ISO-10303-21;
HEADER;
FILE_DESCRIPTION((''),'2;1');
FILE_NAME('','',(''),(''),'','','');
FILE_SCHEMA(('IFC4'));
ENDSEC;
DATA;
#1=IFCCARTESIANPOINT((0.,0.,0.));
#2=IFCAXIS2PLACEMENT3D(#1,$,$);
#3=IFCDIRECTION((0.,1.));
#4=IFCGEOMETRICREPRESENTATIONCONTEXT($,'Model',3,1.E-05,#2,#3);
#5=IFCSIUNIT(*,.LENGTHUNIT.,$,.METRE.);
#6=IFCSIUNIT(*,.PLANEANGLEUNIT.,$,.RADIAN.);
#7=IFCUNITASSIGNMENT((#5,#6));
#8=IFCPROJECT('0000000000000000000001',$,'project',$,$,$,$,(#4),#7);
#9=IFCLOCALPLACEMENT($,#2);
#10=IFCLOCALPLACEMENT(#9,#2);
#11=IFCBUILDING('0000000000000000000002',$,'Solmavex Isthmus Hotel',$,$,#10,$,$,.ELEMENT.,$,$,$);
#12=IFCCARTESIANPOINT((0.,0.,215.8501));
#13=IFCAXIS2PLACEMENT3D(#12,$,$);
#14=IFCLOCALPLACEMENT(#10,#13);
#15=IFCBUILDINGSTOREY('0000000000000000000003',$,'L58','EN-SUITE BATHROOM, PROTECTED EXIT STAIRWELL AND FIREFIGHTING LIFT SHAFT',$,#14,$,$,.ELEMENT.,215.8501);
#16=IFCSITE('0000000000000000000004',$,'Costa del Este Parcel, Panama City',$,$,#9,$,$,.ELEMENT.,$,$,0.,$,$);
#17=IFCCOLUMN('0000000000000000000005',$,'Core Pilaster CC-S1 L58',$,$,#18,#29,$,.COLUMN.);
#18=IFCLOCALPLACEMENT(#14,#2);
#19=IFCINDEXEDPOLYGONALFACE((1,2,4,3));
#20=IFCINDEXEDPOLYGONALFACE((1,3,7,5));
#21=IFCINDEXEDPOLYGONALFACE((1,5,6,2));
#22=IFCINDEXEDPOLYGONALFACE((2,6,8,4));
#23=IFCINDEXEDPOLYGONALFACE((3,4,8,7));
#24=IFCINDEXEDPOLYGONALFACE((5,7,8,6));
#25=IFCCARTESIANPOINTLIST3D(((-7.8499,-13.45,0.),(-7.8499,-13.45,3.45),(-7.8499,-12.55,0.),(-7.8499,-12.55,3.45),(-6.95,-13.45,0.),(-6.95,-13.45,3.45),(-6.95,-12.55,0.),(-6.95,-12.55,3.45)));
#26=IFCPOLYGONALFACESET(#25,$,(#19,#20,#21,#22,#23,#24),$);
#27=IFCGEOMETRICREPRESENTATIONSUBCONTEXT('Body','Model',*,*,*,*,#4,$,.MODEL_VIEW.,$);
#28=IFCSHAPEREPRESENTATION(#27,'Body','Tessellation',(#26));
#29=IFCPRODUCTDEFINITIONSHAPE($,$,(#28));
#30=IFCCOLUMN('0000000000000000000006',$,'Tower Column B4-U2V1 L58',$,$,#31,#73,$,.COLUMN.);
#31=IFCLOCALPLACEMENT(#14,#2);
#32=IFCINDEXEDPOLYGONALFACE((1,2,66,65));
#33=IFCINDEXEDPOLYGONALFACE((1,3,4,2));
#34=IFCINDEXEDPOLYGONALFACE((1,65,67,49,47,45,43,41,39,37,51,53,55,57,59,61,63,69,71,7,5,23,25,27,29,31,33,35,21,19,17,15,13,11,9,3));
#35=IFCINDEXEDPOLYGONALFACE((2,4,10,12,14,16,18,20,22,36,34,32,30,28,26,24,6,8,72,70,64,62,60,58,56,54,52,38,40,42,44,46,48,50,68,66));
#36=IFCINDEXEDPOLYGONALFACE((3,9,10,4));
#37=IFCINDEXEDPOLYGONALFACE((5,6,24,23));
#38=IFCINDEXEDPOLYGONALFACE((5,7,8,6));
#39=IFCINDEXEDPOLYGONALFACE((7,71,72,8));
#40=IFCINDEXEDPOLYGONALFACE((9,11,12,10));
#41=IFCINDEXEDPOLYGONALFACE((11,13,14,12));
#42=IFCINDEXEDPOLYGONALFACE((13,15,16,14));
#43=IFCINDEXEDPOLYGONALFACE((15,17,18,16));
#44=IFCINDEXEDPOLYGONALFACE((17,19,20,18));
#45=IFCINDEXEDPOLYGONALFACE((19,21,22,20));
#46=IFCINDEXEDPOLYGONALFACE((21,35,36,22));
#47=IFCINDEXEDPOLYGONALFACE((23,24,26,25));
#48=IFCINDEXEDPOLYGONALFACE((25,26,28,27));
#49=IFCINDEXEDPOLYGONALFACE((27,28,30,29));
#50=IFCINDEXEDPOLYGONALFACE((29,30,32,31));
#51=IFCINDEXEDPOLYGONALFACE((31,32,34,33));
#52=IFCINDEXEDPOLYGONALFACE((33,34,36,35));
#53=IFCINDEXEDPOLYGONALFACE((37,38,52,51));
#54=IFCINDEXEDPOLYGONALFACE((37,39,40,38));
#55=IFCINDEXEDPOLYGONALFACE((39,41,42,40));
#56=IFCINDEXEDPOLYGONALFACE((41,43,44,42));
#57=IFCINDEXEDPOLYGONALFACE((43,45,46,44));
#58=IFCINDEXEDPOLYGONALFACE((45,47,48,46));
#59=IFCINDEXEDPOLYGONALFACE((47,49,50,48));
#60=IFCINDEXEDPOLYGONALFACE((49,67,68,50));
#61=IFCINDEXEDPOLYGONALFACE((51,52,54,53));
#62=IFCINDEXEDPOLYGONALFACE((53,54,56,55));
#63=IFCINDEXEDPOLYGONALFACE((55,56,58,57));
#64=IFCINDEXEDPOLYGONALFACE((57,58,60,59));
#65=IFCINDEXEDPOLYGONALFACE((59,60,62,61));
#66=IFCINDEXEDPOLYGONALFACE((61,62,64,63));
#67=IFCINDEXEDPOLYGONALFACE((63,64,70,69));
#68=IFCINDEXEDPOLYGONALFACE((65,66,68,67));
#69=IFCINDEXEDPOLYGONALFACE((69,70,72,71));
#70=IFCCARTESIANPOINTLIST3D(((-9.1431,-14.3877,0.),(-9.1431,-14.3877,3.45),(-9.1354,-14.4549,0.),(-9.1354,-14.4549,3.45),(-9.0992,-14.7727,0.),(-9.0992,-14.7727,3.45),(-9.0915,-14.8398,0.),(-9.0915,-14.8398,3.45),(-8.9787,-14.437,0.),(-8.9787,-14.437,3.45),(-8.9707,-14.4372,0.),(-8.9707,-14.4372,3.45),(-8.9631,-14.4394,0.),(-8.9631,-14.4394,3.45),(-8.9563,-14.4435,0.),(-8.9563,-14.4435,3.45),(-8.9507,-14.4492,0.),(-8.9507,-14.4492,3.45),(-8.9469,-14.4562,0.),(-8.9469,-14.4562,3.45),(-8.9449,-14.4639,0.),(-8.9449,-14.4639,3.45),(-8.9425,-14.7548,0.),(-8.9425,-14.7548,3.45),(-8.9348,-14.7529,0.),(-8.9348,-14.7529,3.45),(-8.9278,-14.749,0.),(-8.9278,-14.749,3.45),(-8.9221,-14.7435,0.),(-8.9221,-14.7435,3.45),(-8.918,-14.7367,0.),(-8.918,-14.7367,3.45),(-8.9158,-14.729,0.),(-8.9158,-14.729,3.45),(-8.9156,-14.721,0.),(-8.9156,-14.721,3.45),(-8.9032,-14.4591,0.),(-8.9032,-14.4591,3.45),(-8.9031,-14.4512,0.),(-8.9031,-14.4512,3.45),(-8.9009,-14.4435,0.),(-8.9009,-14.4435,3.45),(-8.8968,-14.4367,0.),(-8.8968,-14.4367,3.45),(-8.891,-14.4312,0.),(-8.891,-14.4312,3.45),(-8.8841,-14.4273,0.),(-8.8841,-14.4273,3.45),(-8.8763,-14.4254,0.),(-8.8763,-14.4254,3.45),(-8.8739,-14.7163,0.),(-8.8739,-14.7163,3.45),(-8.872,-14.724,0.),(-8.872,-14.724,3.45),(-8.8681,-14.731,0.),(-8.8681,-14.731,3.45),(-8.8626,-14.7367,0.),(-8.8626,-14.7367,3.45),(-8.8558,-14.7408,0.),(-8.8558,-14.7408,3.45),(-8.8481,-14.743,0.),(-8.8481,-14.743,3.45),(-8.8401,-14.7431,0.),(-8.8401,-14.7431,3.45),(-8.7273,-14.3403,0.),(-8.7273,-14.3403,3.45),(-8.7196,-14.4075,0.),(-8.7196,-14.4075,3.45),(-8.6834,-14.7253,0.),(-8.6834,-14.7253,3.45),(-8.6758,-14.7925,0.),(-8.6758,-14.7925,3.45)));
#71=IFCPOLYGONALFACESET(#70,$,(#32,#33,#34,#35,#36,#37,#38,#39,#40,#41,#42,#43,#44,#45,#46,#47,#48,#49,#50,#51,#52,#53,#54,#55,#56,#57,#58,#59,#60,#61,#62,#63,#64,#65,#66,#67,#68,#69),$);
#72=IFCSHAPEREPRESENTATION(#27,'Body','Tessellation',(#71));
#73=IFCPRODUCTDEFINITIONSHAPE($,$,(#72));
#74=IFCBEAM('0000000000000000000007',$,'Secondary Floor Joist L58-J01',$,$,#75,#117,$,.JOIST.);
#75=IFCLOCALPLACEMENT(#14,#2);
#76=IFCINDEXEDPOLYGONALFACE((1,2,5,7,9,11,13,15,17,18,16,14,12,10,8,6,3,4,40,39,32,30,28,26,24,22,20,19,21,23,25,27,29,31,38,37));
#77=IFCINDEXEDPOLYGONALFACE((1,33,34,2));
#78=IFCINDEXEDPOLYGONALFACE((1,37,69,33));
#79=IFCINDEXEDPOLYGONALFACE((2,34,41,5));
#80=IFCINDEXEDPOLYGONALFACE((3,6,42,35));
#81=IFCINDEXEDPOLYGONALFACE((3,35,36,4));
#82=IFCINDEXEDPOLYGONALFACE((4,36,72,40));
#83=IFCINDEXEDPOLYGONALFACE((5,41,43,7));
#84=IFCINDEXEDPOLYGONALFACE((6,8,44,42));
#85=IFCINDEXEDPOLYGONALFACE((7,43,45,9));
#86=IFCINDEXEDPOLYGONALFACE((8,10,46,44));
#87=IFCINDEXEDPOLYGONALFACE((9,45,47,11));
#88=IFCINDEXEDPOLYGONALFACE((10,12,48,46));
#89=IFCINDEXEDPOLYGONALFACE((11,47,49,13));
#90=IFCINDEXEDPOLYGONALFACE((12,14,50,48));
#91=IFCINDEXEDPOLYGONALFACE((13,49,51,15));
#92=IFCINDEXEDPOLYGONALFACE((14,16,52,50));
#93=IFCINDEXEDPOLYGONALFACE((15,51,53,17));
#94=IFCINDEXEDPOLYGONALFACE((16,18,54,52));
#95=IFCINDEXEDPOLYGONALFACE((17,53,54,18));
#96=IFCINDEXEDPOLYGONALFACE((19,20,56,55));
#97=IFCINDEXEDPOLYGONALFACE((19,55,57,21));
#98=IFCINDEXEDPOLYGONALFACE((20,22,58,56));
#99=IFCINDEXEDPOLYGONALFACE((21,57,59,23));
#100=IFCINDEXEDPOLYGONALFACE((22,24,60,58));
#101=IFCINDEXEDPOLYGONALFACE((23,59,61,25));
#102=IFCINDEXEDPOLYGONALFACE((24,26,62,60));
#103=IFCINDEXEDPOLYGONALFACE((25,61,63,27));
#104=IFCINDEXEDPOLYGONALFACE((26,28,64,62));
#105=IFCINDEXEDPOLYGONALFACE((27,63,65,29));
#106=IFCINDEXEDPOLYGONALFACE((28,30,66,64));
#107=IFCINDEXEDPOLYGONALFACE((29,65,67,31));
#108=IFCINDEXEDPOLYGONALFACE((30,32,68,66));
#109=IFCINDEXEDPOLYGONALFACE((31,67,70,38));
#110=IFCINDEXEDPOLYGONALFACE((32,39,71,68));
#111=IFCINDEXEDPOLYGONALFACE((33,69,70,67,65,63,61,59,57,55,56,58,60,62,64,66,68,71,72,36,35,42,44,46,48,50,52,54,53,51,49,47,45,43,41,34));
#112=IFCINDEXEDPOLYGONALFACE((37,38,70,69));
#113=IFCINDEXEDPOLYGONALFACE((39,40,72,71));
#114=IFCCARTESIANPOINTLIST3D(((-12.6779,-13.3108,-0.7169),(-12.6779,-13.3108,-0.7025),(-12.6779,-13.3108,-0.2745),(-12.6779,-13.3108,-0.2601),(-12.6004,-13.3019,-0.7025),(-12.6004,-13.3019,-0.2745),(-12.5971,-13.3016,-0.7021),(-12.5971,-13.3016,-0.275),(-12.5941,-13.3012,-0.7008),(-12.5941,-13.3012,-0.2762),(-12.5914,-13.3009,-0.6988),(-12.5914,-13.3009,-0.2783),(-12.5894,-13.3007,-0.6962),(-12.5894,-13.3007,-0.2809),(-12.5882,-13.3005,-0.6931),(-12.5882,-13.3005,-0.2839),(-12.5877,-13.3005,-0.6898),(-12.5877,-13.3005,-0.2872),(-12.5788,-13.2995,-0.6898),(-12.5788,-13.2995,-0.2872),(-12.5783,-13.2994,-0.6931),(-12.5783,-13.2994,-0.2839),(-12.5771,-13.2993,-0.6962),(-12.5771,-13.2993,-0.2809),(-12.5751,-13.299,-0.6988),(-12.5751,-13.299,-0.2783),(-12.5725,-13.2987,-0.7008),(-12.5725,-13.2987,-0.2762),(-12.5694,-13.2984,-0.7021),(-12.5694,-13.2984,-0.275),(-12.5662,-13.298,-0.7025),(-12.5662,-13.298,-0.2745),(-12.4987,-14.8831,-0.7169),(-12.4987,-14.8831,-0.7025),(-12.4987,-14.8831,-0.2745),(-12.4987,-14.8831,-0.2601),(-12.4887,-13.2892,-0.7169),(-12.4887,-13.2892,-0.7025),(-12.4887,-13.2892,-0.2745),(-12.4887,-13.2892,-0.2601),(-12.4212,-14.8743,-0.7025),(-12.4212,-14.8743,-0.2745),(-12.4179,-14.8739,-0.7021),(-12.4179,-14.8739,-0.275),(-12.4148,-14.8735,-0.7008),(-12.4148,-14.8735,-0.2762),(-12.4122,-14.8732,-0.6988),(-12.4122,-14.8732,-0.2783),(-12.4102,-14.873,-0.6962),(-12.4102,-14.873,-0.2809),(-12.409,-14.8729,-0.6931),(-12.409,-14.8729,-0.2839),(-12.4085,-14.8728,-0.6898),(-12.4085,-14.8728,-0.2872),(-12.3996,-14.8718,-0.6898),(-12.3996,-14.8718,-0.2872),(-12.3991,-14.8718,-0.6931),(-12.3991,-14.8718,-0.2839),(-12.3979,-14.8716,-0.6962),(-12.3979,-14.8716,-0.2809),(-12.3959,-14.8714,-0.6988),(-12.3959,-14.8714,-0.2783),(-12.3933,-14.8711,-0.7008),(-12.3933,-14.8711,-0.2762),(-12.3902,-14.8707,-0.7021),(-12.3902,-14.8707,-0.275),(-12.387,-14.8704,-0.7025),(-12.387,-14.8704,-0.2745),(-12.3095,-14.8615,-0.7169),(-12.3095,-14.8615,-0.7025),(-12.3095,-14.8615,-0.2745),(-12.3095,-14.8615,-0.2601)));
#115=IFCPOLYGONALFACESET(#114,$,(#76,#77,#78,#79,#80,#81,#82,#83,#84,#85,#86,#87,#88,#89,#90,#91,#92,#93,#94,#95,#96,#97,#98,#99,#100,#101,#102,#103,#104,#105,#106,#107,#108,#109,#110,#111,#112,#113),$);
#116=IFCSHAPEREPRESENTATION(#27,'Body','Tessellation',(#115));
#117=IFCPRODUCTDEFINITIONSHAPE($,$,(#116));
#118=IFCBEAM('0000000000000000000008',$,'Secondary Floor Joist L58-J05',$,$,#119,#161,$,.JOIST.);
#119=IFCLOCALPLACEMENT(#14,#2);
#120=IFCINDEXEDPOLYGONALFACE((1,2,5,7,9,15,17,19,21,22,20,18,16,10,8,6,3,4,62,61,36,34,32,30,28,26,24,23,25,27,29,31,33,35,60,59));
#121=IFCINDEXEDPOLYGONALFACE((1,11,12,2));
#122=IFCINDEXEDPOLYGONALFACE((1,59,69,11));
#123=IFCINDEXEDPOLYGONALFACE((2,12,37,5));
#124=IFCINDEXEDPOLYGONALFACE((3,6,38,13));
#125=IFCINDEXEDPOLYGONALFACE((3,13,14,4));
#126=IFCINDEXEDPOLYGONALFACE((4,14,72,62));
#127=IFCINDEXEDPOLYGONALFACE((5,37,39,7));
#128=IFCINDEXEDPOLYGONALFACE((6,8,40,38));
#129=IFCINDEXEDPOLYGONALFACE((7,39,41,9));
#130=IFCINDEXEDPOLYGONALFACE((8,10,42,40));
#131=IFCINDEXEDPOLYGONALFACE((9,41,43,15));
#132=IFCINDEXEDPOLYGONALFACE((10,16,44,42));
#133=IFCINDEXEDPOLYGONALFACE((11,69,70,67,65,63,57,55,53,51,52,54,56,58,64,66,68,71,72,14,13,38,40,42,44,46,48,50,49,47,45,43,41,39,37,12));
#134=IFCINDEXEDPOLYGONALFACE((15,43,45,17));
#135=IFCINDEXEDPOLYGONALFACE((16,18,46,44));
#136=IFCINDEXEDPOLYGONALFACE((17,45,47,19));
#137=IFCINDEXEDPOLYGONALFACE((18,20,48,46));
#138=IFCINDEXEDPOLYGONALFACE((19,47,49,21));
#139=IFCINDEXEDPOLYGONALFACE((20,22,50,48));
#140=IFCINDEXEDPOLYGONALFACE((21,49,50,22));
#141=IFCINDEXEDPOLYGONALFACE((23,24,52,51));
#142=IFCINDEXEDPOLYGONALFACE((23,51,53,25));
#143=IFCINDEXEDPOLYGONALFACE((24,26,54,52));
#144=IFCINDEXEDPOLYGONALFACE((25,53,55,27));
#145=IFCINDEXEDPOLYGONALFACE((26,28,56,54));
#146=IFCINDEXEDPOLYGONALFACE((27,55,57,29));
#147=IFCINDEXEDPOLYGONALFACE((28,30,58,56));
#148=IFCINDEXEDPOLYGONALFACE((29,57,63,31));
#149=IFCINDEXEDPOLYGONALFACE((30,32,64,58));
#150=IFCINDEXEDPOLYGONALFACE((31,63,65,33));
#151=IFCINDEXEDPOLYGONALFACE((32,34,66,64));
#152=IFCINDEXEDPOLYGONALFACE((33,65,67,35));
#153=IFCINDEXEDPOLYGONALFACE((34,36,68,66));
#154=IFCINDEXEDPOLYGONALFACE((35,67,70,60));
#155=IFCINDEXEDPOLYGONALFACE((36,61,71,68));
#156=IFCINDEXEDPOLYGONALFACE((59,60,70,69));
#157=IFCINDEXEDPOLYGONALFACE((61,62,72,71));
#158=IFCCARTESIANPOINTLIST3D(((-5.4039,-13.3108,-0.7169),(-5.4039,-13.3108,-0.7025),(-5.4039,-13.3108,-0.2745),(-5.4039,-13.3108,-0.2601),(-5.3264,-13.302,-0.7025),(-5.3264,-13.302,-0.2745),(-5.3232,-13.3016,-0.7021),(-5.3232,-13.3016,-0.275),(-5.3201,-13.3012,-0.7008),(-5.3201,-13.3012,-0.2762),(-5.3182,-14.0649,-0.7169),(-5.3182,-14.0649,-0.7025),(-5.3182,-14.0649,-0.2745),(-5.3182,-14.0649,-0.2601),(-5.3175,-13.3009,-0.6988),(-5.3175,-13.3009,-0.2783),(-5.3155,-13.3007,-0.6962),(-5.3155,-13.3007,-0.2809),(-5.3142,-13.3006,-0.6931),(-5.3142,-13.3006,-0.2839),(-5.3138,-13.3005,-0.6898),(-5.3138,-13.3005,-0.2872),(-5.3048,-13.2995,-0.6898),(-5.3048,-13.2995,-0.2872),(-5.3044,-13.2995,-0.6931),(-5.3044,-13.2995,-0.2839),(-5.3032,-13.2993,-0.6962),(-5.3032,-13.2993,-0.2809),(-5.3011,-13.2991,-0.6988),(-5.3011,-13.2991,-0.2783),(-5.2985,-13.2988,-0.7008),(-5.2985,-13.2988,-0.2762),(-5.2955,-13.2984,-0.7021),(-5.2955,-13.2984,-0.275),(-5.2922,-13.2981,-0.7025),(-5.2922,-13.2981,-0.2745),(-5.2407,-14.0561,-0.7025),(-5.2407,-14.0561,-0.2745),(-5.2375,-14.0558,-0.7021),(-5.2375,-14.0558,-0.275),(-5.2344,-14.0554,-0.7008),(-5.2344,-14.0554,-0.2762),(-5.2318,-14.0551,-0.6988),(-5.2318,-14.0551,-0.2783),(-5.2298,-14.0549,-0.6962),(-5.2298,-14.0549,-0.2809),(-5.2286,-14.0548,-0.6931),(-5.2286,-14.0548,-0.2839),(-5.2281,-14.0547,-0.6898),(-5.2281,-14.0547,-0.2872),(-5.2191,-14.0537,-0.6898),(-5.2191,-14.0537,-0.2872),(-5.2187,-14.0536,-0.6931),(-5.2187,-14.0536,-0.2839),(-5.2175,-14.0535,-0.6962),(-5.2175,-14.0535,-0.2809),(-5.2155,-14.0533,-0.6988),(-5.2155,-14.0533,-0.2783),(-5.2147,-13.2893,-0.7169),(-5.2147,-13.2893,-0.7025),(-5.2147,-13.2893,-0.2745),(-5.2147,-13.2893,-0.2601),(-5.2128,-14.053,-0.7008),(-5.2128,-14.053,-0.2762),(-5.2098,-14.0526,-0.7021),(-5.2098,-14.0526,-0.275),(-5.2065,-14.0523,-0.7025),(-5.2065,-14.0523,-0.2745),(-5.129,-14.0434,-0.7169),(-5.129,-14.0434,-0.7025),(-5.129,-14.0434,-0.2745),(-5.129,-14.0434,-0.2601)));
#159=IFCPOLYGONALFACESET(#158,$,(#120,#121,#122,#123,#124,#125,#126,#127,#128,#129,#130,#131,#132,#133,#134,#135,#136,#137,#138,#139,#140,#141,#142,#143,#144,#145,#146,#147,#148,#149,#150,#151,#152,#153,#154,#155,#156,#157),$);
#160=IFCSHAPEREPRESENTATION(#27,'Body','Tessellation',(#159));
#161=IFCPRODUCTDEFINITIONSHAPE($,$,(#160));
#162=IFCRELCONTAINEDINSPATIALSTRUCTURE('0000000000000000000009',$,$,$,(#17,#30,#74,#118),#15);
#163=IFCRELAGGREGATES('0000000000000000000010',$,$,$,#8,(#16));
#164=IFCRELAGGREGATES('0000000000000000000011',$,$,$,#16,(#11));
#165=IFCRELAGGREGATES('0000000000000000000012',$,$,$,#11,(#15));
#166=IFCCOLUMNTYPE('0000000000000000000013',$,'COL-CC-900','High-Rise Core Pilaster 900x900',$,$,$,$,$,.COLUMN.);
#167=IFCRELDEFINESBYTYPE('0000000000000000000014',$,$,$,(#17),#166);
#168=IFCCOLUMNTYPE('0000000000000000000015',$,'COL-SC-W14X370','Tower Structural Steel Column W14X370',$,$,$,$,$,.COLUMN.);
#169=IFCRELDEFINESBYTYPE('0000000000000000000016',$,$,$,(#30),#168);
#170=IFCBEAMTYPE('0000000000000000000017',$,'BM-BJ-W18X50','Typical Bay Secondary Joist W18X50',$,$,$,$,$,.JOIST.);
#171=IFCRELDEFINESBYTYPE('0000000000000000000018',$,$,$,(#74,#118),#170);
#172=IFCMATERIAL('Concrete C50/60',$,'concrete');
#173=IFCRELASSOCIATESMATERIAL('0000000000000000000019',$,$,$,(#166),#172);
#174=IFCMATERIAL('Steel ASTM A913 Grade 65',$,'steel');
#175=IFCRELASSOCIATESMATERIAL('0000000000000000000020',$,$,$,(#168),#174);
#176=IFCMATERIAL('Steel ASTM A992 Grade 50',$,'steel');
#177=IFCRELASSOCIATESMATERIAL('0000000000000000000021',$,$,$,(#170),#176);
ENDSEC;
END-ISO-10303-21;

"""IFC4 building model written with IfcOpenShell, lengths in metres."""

from ifc_helpers import new_model, si_unit, direction, frame, origin, origin_2d, place, context, subcontext, project, spatial, rectangle, i_section, extrude, material, material_profile, profile_set, type_object, element, save


model = new_model("IFC4")

# Units and contexts
model_context = context("Model", 3, precision=1e-05, world=origin(), true_north=direction((0.0, 1.0)))
body_context = subcontext(model_context, "Body", "Model", "MODEL_VIEW")
ifc_project = project(units=[si_unit("LENGTHUNIT", "METRE"), si_unit("PLANEANGLEUNIT", "RADIAN")], contexts=[model_context])

# Site, building, storey
site_placement = place(None, origin())
site = spatial("IfcSite", under=ifc_project, at=site_placement, Name="Costa del Este Parcel, Panama City", CompositionType="ELEMENT", RefElevation=0.0)
building_placement = place(site_placement, origin())
building = spatial("IfcBuilding", under=site, at=building_placement, Name="Solmavex Isthmus Hotel", CompositionType="ELEMENT")
storey_placement = place(building_placement, frame((0.0, 0.0, 215.8501)))
storey = spatial("IfcBuildingStorey", under=building, at=storey_placement, Name="L58", Description="EN-SUITE BATHROOM, PROTECTED EXIT STAIRWELL AND FIREFIGHTING LIFT SHAFT", CompositionType="ELEMENT", Elevation=215.8501)

# Columns
ifc_material_1 = material(Name="Concrete C50/60", Category="concrete")
ifc_material_profile_1 = material_profile(ifc_material_1, rectangle(XDim=0.8999, YDim=0.8999, at=origin_2d()), Name="RC900X900")
ifc_profile_set_1 = profile_set([ifc_material_profile_1], Name="Concrete C50/60")
column_type_1 = type_object("IfcColumnType", Name="COL-CC-900", Description="High-Rise Core Pilaster 900x900", PredefinedType="COLUMN", material=ifc_profile_set_1)
column_1_placement = place(storey_placement, frame((-7.3999, -13.0, 0.0), z_axis=(0.0, 0.0, 1.0), x_axis=(1.0, 0.0, 0.0)))
element("IfcColumn", 1, at=column_1_placement, inside=storey, type_object=column_type_1, Name="Core Pilaster CC-S1 L58", PredefinedType="COLUMN", context=body_context, shape_type="SweptSolid", body=[
    extrude(rectangle(XDim=0.8999, YDim=0.8999, at=origin_2d()), origin(), (0.0, 0.0, 1.0), 3.45),
])
ifc_material_2 = material(Name="Steel ASTM A913 Grade 65", Category="steel")
ifc_material_profile_2 = material_profile(ifc_material_2, i_section(OverallWidth=0.4185, OverallDepth=0.4551, WebThickness=0.042, FlangeThickness=0.0676, FilletRadius=0.0305, at=origin_2d()), Name="W14X370")
ifc_profile_set_2 = profile_set([ifc_material_profile_2], Name="Steel ASTM A913 Grade 65")
column_type_2 = type_object("IfcColumnType", Name="COL-SC-W14X370", Description="Tower Structural Steel Column W14X370", PredefinedType="COLUMN", material=ifc_profile_set_2)
column_2_placement = place(storey_placement, frame((-8.9094, -14.5901, 0.0), z_axis=(0.0, 0.0, 1.0), x_axis=(0.993572, 0.113203, 0.0)))
element("IfcColumn", 2, at=column_2_placement, inside=storey, type_object=column_type_2, Name="Tower Column B4-U2V1 L58", PredefinedType="COLUMN", context=body_context, shape_type="SweptSolid", body=[
    extrude(i_section(OverallWidth=0.4185, OverallDepth=0.4551, WebThickness=0.042, FlangeThickness=0.0676, FilletRadius=0.0305, at=origin_2d()), origin(), (0.0, 0.0, 1.0), 3.45),
])

# Beams
ifc_material_3 = material(Name="Steel ASTM A992 Grade 50", Category="steel")
ifc_material_profile_3 = material_profile(ifc_material_3, i_section(OverallWidth=0.1904, OverallDepth=0.4568, WebThickness=0.009, FlangeThickness=0.0144, FilletRadius=0.0127, at=origin_2d()), Name="W18X50")
ifc_profile_set_3 = profile_set([ifc_material_profile_3], Name="Steel ASTM A992 Grade 50")
beam_type_1 = type_object("IfcBeamType", Name="BM-BJ-W18X50", Description="Typical Bay Secondary Joist W18X50", PredefinedType="JOIST", material=ifc_profile_set_3)
beam_1_placement = place(storey_placement, frame((-12.4041, -14.8723, -0.4885), z_axis=(-0.113242, 0.993567, 0.0), x_axis=(-0.993567, -0.113242, 0.0)))
element("IfcBeam", 3, at=beam_1_placement, inside=storey, type_object=beam_type_1, Name="Secondary Floor Joist L58-J01", PredefinedType="JOIST", context=body_context, shape_type="SweptSolid", body=[
    extrude(i_section(OverallWidth=0.1904, OverallDepth=0.4568, WebThickness=0.009, FlangeThickness=0.0144, FilletRadius=0.0127, at=origin_2d()), origin(), (0.0, 0.0, 1.0), 1.5825),
])
beam_2_placement = place(storey_placement, frame((-5.2236, -14.0542, -0.4885), z_axis=(-0.112902, 0.993606, 0.0), x_axis=(-0.993606, -0.112902, 0.0)))
element("IfcBeam", 4, at=beam_2_placement, inside=storey, type_object=beam_type_1, Name="Secondary Floor Joist L58-J05", PredefinedType="JOIST", context=body_context, shape_type="SweptSolid", body=[
    extrude(i_section(OverallWidth=0.1904, OverallDepth=0.4568, WebThickness=0.009, FlangeThickness=0.0144, FilletRadius=0.0127, at=origin_2d()), origin(), (0.0, 0.0, 1.0), 0.759),
])

save(model, "model.ifc")
